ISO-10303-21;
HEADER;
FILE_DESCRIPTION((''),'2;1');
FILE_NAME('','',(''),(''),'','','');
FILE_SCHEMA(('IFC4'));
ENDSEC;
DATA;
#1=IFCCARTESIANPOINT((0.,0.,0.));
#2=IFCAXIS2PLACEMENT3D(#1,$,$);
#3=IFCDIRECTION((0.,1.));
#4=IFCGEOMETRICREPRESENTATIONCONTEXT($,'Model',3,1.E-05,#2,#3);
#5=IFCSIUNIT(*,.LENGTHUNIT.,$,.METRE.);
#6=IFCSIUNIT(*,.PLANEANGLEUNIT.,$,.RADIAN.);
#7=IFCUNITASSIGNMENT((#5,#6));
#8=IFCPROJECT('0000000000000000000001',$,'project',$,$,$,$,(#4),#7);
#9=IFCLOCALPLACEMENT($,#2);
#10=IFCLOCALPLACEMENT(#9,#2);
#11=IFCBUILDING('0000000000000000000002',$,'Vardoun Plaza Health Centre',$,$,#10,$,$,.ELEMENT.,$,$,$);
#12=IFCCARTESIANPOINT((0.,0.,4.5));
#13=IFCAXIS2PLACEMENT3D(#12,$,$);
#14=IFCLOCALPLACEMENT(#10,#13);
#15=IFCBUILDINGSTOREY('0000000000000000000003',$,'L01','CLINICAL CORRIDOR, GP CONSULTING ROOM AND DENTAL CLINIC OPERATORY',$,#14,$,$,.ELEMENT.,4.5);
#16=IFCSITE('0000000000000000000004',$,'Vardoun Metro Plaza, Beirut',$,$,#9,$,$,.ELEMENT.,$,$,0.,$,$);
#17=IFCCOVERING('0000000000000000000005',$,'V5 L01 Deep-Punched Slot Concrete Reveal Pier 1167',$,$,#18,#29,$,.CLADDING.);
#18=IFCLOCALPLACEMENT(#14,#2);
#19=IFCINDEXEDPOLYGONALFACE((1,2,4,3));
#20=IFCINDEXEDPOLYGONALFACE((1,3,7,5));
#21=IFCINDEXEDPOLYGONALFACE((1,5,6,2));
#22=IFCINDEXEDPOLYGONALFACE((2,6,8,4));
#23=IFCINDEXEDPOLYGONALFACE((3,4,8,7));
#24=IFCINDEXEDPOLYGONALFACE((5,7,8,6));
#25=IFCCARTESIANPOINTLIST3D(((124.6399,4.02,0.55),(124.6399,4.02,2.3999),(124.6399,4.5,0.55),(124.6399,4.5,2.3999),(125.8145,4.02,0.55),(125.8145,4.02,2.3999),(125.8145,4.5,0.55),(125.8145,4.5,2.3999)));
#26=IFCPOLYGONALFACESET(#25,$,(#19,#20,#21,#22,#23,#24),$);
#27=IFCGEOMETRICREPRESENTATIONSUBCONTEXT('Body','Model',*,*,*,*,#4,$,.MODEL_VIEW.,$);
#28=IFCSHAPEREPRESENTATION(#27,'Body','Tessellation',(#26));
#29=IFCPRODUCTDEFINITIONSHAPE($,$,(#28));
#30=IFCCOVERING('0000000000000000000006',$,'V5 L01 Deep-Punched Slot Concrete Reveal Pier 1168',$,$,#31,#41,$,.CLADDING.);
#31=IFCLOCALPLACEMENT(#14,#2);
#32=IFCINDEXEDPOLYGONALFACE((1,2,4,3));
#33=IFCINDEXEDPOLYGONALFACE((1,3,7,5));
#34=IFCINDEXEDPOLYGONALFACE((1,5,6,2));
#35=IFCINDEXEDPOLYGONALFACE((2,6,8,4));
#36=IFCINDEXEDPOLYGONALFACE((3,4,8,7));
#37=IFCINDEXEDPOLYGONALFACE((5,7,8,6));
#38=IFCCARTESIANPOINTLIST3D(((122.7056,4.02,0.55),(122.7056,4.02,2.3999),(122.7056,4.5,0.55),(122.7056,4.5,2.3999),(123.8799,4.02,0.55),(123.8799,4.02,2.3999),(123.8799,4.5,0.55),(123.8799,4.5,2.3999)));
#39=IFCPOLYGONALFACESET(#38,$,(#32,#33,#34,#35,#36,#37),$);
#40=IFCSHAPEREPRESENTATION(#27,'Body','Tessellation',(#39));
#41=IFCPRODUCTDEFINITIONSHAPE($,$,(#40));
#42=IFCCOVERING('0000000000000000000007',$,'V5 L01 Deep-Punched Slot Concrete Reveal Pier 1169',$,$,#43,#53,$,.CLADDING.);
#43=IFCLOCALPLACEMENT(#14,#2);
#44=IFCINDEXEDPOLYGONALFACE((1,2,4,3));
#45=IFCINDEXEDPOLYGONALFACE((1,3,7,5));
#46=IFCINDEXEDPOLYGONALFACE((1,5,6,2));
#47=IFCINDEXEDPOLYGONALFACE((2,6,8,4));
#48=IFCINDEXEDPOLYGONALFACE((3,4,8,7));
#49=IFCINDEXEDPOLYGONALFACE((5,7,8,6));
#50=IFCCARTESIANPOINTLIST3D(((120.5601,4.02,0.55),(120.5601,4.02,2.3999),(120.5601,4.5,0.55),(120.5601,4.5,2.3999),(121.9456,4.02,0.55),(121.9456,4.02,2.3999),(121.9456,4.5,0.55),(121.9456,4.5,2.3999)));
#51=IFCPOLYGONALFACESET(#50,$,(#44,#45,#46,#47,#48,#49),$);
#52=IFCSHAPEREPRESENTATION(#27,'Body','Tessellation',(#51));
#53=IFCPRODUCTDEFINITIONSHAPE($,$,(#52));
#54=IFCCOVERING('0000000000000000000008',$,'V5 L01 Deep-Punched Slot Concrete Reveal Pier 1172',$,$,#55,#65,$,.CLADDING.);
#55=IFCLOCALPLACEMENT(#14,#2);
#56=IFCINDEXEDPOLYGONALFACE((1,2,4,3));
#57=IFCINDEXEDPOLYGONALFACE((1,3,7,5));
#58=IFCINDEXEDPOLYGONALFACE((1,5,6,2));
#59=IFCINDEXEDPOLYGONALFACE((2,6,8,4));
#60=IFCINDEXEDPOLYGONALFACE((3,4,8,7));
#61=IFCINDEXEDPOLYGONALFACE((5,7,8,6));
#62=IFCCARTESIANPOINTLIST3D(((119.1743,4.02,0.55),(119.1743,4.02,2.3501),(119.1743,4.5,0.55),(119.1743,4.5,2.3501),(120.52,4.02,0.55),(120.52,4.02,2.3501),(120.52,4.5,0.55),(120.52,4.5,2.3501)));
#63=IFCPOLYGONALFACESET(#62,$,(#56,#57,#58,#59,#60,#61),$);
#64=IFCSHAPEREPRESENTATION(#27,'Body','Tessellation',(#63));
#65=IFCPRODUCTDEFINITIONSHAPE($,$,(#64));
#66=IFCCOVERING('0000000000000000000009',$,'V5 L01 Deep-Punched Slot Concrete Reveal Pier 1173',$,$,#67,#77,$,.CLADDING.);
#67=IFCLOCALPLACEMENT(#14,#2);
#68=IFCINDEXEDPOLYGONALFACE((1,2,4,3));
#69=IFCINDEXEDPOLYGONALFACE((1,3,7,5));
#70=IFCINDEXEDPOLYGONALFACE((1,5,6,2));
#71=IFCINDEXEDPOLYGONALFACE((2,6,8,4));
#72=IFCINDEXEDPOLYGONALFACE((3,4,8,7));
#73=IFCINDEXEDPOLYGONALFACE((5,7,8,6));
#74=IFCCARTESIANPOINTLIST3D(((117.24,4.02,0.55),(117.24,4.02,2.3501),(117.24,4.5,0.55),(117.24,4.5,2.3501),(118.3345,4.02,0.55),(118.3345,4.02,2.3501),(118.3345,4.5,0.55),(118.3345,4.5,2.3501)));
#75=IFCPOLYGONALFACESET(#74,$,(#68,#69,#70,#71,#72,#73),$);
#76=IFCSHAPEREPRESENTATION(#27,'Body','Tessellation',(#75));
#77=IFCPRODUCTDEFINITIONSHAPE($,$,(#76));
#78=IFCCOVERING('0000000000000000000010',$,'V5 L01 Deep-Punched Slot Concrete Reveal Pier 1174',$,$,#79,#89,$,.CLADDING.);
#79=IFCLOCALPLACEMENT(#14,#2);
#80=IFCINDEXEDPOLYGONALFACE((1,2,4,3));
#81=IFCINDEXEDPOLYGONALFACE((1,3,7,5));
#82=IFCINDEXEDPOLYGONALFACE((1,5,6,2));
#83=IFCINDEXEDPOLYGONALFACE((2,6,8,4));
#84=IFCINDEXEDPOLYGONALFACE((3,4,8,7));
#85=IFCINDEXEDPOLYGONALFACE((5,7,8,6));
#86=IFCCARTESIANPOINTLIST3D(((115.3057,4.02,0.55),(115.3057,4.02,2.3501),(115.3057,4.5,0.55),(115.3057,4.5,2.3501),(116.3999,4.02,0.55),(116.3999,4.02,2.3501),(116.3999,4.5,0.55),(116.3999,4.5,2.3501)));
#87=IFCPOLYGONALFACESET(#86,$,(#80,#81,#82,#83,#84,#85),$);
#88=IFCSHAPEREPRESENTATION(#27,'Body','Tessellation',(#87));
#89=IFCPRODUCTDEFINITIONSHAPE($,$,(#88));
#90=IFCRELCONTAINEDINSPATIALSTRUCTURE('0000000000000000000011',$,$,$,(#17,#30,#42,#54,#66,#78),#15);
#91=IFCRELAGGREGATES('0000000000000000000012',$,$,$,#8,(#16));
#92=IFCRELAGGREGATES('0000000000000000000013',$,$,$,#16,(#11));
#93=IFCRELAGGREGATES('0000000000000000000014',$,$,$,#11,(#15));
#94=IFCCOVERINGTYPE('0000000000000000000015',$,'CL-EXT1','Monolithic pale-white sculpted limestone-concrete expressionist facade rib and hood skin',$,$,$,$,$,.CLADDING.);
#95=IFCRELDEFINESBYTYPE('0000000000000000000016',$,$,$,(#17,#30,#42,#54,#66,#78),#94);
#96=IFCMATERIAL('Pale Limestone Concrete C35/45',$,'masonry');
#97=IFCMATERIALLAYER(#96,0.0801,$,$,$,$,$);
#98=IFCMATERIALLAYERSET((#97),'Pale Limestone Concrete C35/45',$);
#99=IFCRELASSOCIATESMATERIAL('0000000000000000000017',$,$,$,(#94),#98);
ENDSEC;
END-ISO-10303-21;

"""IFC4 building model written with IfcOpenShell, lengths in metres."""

from ifc_helpers import new_model, si_unit, direction, frame, origin, place, context, subcontext, project, spatial, polyline, outline, extrude, material, layer, layer_set, type_object, element, save


model = new_model("IFC4")

# Units and contexts
model_context = context("Model", 3, precision=1e-05, world=origin(), true_north=direction((0.0, 1.0)))
body_context = subcontext(model_context, "Body", "Model", "MODEL_VIEW")
ifc_project = project(units=[si_unit("LENGTHUNIT", "METRE"), si_unit("PLANEANGLEUNIT", "RADIAN")], contexts=[model_context])

# Site, building, storey
site_placement = place(None, origin())
site = spatial("IfcSite", under=ifc_project, at=site_placement, Name="Vardoun Metro Plaza, Beirut", CompositionType="ELEMENT", RefElevation=0.0)
building_placement = place(site_placement, origin())
building = spatial("IfcBuilding", under=site, at=building_placement, Name="Vardoun Plaza Health Centre", CompositionType="ELEMENT")
storey_placement = place(building_placement, frame((0.0, 0.0, 4.5)))
storey = spatial("IfcBuildingStorey", under=building, at=storey_placement, Name="L01", Description="CLINICAL CORRIDOR, GP CONSULTING ROOM AND DENTAL CLINIC OPERATORY", CompositionType="ELEMENT", Elevation=4.5)

# Coverings
ifc_material = material(Name="Pale Limestone Concrete C35/45", Category="masonry")
ifc_layer = layer(ifc_material, 0.0801)
ifc_layer_set = layer_set([ifc_layer], Name="Pale Limestone Concrete C35/45")
covering_type = type_object("IfcCoveringType", Name="CL-EXT1", Description="Monolithic pale-white sculpted limestone-concrete expressionist facade rib and hood skin", PredefinedType="CLADDING", material=ifc_layer_set)
covering_1_placement = place(storey_placement, frame((0.0, 0.0, 0.55)))
element("IfcCovering", 1, at=covering_1_placement, inside=storey, type_object=covering_type, Name="V5 L01 Deep-Punched Slot Concrete Reveal Pier 1167", PredefinedType="CLADDING", context=body_context, shape_type="SweptSolid", body=[
    extrude(outline(polyline([(125.8145, 4.5), (124.6399, 4.5), (124.6399, 4.02), (125.8145, 4.02), (125.8145, 4.5)])), origin(), (0.0, 0.0, 1.0), 1.8499),
])
covering_2_placement = place(storey_placement, frame((0.0, 0.0, 0.55)))
element("IfcCovering", 2, at=covering_2_placement, inside=storey, type_object=covering_type, Name="V5 L01 Deep-Punched Slot Concrete Reveal Pier 1168", PredefinedType="CLADDING", context=body_context, shape_type="SweptSolid", body=[
    extrude(outline(polyline([(123.8799, 4.5), (122.7056, 4.5), (122.7056, 4.02), (123.8799, 4.02), (123.8799, 4.5)])), origin(), (0.0, 0.0, 1.0), 1.8499),
])
covering_3_placement = place(storey_placement, frame((0.0, 0.0, 0.55)))
element("IfcCovering", 3, at=covering_3_placement, inside=storey, type_object=covering_type, Name="V5 L01 Deep-Punched Slot Concrete Reveal Pier 1169", PredefinedType="CLADDING", context=body_context, shape_type="SweptSolid", body=[
    extrude(outline(polyline([(121.9456, 4.5), (120.5601, 4.5), (120.5601, 4.02), (121.9456, 4.02), (121.9456, 4.5)])), origin(), (0.0, 0.0, 1.0), 1.8499),
])
covering_4_placement = place(storey_placement, frame((0.0, 0.0, 0.55)))
element("IfcCovering", 4, at=covering_4_placement, inside=storey, type_object=covering_type, Name="V5 L01 Deep-Punched Slot Concrete Reveal Pier 1172", PredefinedType="CLADDING", context=body_context, shape_type="SweptSolid", body=[
    extrude(outline(polyline([(120.52, 4.5), (119.1743, 4.5), (119.1743, 4.02), (120.52, 4.02), (120.52, 4.5)])), origin(), (0.0, 0.0, 1.0), 1.8),
])
covering_5_placement = place(storey_placement, frame((0.0, 0.0, 0.55)))
element("IfcCovering", 5, at=covering_5_placement, inside=storey, type_object=covering_type, Name="V5 L01 Deep-Punched Slot Concrete Reveal Pier 1173", PredefinedType="CLADDING", context=body_context, shape_type="SweptSolid", body=[
    extrude(outline(polyline([(118.3345, 4.5), (117.24, 4.5), (117.24, 4.02), (118.3345, 4.02), (118.3345, 4.5)])), origin(), (0.0, 0.0, 1.0), 1.8),
])
covering_6_placement = place(storey_placement, frame((0.0, 0.0, 0.55)))
element("IfcCovering", 6, at=covering_6_placement, inside=storey, type_object=covering_type, Name="V5 L01 Deep-Punched Slot Concrete Reveal Pier 1174", PredefinedType="CLADDING", context=body_context, shape_type="SweptSolid", body=[
    extrude(outline(polyline([(116.3999, 4.5), (115.3057, 4.5), (115.3057, 4.02), (116.3999, 4.02), (116.3999, 4.5)])), origin(), (0.0, 0.0, 1.0), 1.8),
])

save(model, "model.ifc")
